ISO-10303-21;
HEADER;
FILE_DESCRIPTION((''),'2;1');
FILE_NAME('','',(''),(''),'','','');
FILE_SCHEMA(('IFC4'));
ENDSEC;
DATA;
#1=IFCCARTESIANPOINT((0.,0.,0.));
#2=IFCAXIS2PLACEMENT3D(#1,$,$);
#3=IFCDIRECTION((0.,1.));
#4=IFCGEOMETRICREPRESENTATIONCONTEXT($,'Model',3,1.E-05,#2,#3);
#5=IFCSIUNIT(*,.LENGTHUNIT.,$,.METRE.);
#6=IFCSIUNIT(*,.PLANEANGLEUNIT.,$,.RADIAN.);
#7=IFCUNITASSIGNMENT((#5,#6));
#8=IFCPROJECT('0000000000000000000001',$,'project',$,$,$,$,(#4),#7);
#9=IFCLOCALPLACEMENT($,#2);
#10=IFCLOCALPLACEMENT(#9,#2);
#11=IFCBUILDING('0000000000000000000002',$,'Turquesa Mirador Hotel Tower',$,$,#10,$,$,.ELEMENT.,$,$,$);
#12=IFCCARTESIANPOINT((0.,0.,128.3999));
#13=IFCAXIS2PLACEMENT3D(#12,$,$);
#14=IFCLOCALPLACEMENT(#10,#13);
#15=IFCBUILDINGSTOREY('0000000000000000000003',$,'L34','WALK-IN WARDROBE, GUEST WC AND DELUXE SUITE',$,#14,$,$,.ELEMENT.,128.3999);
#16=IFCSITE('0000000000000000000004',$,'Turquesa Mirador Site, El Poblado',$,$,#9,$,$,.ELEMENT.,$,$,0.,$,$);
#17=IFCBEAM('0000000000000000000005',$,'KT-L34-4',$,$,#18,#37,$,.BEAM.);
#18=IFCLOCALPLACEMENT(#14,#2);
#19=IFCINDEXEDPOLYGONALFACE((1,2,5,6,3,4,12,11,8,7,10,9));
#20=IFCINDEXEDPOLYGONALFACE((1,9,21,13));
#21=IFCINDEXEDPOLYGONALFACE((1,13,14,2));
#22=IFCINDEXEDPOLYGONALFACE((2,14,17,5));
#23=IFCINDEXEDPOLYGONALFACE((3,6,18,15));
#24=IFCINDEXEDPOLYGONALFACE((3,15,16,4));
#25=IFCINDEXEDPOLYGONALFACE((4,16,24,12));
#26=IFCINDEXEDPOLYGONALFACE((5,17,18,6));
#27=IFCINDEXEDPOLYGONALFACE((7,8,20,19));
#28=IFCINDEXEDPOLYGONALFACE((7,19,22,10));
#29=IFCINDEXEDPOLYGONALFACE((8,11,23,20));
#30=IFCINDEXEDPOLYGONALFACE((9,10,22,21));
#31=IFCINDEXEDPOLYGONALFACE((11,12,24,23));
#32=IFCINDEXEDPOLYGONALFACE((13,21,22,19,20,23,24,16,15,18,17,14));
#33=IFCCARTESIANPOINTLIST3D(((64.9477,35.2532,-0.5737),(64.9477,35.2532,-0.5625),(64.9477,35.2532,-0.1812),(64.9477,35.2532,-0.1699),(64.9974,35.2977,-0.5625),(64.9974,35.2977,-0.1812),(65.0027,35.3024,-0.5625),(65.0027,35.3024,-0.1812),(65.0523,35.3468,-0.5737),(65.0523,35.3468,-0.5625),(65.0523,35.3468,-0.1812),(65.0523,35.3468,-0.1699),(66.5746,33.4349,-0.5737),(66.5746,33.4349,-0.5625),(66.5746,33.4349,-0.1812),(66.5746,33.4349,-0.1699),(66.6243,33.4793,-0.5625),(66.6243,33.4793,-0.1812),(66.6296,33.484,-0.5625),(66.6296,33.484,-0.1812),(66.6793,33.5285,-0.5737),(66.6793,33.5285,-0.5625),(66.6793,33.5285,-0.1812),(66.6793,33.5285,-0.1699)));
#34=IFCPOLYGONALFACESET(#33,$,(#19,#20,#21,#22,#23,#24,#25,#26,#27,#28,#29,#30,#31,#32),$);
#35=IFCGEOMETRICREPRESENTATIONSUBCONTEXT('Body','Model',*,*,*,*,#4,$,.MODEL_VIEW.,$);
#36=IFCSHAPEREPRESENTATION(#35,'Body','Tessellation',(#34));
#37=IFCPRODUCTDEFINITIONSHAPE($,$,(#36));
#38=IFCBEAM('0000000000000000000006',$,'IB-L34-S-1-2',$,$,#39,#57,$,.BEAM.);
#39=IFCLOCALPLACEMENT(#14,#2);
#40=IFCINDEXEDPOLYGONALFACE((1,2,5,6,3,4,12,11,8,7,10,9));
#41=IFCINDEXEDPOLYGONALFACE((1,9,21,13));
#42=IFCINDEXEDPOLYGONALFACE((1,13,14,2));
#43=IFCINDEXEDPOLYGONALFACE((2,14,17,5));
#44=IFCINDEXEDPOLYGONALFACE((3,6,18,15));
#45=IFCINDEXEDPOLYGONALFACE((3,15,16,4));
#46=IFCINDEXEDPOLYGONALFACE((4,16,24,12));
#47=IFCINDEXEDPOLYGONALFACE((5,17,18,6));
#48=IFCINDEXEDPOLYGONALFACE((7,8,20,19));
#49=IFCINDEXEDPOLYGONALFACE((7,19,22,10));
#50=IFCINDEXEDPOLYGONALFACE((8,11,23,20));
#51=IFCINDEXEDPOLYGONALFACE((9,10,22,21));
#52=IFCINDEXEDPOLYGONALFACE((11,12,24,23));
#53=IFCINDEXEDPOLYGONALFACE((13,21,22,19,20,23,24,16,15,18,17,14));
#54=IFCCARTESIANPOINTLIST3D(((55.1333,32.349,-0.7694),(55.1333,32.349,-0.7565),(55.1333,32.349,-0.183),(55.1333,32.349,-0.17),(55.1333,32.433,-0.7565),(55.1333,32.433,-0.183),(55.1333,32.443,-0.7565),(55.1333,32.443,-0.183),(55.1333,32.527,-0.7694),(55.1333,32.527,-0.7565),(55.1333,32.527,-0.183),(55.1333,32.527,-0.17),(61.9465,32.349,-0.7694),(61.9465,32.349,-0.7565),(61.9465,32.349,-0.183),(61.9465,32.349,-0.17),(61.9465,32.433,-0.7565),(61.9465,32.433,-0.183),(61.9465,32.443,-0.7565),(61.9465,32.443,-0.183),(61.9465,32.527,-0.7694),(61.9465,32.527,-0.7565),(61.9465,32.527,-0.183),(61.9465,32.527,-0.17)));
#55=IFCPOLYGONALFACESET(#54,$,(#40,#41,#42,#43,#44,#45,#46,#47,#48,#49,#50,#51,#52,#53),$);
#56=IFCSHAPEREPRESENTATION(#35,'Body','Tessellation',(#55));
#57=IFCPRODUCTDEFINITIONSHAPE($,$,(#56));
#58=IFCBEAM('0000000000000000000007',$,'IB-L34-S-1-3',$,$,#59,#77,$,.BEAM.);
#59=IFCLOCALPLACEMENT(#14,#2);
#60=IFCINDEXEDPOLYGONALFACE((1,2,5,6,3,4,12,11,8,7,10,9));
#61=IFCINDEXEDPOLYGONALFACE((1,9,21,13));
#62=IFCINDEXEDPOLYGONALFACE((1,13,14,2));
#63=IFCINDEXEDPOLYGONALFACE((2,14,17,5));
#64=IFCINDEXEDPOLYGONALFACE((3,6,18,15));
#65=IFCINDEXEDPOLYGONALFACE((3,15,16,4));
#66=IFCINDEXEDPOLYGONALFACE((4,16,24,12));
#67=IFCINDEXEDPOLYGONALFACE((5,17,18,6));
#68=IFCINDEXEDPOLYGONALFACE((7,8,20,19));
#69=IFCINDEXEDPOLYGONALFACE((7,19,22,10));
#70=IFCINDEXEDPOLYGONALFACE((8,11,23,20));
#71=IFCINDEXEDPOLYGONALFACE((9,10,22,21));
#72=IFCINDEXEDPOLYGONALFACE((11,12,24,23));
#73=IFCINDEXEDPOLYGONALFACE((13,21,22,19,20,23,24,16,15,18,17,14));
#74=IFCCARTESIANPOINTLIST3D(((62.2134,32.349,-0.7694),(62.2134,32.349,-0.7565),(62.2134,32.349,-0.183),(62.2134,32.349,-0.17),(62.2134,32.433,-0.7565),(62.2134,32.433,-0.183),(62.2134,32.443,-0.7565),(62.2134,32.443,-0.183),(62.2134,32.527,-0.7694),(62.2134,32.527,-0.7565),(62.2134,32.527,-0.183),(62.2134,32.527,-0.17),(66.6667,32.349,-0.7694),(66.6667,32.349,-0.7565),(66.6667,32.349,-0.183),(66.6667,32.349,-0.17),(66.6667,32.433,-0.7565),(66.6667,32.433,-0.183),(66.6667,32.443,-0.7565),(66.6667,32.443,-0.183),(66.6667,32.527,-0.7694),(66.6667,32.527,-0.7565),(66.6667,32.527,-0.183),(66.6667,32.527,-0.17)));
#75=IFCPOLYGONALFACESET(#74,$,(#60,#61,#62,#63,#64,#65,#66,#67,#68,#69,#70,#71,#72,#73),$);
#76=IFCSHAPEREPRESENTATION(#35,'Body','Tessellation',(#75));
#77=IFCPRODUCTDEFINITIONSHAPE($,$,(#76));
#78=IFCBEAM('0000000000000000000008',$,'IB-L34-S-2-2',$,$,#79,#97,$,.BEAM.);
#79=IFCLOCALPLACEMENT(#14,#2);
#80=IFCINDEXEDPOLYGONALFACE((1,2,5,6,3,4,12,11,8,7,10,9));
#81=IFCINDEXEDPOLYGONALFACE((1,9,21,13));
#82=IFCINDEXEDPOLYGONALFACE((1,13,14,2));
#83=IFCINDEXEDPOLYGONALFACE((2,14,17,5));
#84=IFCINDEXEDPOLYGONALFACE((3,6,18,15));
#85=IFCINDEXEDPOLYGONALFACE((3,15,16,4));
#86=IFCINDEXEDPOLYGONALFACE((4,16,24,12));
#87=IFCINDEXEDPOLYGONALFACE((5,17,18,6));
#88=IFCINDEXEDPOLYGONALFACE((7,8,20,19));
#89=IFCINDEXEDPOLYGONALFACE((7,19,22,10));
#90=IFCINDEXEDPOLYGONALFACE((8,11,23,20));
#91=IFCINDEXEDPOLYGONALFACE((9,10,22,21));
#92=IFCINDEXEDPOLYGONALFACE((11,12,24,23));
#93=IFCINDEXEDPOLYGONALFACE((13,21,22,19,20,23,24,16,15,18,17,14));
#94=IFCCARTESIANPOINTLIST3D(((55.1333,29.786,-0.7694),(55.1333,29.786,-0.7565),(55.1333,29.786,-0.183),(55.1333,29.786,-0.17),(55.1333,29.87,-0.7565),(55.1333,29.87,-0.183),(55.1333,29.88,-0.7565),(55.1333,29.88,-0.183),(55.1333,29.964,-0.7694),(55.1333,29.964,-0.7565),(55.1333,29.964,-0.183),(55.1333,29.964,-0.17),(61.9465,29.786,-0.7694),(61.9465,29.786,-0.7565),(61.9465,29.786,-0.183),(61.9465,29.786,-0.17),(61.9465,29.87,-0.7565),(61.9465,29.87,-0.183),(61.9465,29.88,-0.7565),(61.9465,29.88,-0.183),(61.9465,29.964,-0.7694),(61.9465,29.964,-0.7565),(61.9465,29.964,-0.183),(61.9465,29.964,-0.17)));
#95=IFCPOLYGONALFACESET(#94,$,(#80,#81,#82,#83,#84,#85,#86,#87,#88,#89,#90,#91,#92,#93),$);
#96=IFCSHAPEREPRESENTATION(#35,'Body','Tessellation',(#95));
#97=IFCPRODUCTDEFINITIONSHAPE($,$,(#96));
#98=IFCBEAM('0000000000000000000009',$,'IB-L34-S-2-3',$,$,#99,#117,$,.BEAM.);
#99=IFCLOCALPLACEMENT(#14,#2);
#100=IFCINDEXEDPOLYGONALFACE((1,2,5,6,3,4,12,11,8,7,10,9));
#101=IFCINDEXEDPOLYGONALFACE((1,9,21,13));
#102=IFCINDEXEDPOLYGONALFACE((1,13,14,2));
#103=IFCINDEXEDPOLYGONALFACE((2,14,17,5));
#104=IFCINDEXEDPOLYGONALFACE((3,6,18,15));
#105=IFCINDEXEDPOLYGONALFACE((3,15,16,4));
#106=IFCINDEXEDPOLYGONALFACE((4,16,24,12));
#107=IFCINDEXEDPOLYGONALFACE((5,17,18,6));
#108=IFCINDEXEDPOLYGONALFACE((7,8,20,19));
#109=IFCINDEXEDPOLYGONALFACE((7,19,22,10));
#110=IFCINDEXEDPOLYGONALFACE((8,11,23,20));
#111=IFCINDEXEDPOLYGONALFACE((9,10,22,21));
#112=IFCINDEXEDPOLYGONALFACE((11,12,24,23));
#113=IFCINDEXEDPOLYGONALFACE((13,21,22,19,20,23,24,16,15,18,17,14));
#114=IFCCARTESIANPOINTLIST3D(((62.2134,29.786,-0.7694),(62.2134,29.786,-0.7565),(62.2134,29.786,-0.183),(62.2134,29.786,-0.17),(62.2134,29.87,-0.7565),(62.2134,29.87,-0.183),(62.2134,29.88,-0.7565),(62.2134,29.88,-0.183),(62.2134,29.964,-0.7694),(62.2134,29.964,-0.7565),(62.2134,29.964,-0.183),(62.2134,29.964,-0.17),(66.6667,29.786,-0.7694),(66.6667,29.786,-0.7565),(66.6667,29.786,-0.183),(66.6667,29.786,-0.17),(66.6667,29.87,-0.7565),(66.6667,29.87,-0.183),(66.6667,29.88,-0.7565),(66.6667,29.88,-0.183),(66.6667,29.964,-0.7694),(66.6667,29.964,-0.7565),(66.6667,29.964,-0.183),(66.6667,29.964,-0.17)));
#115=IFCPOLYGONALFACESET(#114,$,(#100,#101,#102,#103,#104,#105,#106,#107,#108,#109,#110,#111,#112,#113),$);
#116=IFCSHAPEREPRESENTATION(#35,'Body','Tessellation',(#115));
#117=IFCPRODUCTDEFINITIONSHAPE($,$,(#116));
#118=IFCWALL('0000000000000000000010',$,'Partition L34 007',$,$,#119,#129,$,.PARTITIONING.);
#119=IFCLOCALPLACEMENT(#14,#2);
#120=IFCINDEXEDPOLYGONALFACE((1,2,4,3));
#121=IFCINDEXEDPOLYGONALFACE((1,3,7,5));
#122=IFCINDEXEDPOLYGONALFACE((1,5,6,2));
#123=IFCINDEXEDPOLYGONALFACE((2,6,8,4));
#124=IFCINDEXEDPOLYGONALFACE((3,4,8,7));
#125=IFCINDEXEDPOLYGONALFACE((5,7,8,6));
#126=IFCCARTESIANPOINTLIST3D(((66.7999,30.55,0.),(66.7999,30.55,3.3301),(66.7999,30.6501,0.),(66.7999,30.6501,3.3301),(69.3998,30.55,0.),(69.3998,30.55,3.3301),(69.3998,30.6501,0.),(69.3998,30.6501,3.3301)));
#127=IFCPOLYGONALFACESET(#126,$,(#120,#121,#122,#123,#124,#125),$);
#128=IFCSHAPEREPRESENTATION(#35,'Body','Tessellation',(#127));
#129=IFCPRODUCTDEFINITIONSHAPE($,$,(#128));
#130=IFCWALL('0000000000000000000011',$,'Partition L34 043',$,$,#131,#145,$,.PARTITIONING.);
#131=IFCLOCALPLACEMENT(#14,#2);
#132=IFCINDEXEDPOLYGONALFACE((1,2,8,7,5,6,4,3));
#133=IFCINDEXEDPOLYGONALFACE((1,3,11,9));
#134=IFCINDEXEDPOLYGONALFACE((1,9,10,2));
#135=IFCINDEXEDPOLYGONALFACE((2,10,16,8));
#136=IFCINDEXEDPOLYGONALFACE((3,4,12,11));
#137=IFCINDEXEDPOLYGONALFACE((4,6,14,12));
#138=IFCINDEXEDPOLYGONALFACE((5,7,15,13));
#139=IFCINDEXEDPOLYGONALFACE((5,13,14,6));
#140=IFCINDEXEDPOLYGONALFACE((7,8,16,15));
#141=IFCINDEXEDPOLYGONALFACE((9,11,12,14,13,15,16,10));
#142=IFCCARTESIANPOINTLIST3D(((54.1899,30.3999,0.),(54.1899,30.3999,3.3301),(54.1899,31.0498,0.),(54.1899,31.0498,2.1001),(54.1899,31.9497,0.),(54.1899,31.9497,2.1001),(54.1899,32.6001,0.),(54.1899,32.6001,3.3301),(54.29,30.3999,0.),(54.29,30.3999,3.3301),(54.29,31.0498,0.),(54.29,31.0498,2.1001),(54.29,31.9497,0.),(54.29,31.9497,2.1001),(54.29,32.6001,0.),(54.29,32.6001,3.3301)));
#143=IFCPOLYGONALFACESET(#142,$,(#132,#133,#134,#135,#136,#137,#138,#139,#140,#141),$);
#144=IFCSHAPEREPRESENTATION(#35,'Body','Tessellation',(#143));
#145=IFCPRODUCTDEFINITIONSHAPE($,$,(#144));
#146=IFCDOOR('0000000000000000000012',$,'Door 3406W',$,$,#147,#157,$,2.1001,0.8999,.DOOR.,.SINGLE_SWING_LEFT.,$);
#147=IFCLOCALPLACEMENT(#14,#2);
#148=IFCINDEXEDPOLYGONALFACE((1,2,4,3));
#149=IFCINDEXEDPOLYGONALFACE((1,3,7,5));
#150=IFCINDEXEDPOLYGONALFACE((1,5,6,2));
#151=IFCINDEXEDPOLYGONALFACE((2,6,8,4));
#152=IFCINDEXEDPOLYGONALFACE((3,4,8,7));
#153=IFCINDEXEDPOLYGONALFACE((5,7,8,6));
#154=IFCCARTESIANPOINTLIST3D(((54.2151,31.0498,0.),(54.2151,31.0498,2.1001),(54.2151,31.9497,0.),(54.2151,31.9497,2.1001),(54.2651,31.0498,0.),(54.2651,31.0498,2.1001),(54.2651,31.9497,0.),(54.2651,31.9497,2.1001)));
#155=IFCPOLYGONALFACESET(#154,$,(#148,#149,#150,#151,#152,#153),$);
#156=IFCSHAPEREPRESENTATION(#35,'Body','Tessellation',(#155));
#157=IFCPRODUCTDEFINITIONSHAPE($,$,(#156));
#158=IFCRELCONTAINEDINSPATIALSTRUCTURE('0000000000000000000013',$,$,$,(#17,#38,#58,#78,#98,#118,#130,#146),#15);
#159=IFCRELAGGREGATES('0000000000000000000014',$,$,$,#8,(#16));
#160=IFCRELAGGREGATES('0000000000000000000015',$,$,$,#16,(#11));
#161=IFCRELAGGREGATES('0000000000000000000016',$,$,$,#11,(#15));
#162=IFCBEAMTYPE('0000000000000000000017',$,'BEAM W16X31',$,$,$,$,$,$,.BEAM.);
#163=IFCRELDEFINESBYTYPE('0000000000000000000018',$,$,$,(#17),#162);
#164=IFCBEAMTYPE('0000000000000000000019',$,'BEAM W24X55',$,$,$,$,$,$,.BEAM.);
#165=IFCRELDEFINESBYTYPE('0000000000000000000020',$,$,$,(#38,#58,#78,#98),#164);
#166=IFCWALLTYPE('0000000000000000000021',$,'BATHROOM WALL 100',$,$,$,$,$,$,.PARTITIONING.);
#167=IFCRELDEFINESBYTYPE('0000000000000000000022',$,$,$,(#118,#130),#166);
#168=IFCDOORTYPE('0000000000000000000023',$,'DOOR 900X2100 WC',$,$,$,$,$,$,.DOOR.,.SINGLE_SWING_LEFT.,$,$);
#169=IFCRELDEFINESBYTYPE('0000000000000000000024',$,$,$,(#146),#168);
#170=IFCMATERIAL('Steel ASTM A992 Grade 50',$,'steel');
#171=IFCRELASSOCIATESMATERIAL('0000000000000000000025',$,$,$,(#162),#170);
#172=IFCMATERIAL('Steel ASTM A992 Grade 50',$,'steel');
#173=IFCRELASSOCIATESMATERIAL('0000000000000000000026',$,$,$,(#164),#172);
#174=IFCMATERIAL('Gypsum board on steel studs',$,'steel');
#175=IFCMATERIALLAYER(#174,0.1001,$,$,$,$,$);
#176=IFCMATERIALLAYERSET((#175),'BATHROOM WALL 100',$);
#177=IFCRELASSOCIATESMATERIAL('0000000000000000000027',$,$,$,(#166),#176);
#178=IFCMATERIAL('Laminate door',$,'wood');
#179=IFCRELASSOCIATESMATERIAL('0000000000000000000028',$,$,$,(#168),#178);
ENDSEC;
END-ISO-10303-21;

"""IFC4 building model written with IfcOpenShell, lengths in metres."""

from ifc_helpers import new_model, si_unit, direction, frame, frame_2d, origin, origin_2d, place, context, subcontext, project, spatial, rectangle, i_section, extrude, material, layer, layer_set, material_profile, profile_set, type_object, element, fill, save


model = new_model("IFC4")

# Units and contexts
model_context = context("Model", 3, precision=1e-05, world=origin(), true_north=direction((0.0, 1.0)))
body_context = subcontext(model_context, "Body", "Model", "MODEL_VIEW")
ifc_project = project(units=[si_unit("LENGTHUNIT", "METRE"), si_unit("PLANEANGLEUNIT", "RADIAN")], contexts=[model_context])

# Site, building, storey
site_placement = place(None, origin())
site = spatial("IfcSite", under=ifc_project, at=site_placement, Name="Turquesa Mirador Site, El Poblado", CompositionType="ELEMENT", RefElevation=0.0)
building_placement = place(site_placement, origin())
building = spatial("IfcBuilding", under=site, at=building_placement, Name="Turquesa Mirador Hotel Tower", CompositionType="ELEMENT")
storey_placement = place(building_placement, frame((0.0, 0.0, 128.3999)))
storey = spatial("IfcBuildingStorey", under=building, at=storey_placement, Name="L34", Description="WALK-IN WARDROBE, GUEST WC AND DELUXE SUITE", CompositionType="ELEMENT", Elevation=128.3999)

# Beams
ifc_material_1 = material(Name="Steel ASTM A992 Grade 50", Category="steel")
ifc_material_profile_1 = material_profile(ifc_material_1, i_section(OverallWidth=0.1404, OverallDepth=0.4038, WebThickness=0.0071, FlangeThickness=0.0112, at=origin_2d()), Name="W16X31")
ifc_profile_set_1 = profile_set([ifc_material_profile_1], Name="Steel ASTM A992 Grade 50")
beam_type_1 = type_object("IfcBeamType", Name="BEAM W16X31", PredefinedType="BEAM", material=ifc_profile_set_1)
beam_1_placement = place(storey_placement, frame((66.627, 33.4817, -0.3718), z_axis=(-0.666795, 0.745241, 0.0), x_axis=(-0.745241, -0.666795, 0.0)))
element("IfcBeam", 1, at=beam_1_placement, inside=storey, type_object=beam_type_1, Name="KT-L34-4", PredefinedType="BEAM", context=body_context, shape_type="SweptSolid", body=[
    extrude(i_section(OverallWidth=0.1404, OverallDepth=0.4038, WebThickness=0.0071, FlangeThickness=0.0112, at=origin_2d()), origin(), (0.0, 0.0, 1.0), 2.4399),
])
ifc_material_2 = material(Name="Steel ASTM A992 Grade 50", Category="steel")
ifc_material_profile_2 = material_profile(ifc_material_2, i_section(OverallWidth=0.178, OverallDepth=0.5994, WebThickness=0.01, FlangeThickness=0.0129, at=origin_2d()), Name="W24X55")
ifc_profile_set_2 = profile_set([ifc_material_profile_2], Name="Steel ASTM A992 Grade 50")
beam_type_2 = type_object("IfcBeamType", Name="BEAM W24X55", PredefinedType="BEAM", material=ifc_profile_set_2)
beam_2_placement = place(storey_placement, frame((55.1333, 32.438, -0.4697), z_axis=(1.0, 0.0, 0.0), x_axis=(0.0, 1.0, 0.0)))
element("IfcBeam", 2, at=beam_2_placement, inside=storey, type_object=beam_type_2, Name="IB-L34-S-1-2", PredefinedType="BEAM", context=body_context, shape_type="SweptSolid", body=[
    extrude(i_section(OverallWidth=0.178, OverallDepth=0.5994, WebThickness=0.01, FlangeThickness=0.0129, at=origin_2d()), origin(), (0.0, 0.0, 1.0), 6.8132),
])
beam_3_placement = place(storey_placement, frame((62.2134, 32.438, -0.4697), z_axis=(1.0, 0.0, 0.0), x_axis=(0.0, 1.0, 0.0)))
element("IfcBeam", 3, at=beam_3_placement, inside=storey, type_object=beam_type_2, Name="IB-L34-S-1-3", PredefinedType="BEAM", context=body_context, shape_type="SweptSolid", body=[
    extrude(i_section(OverallWidth=0.178, OverallDepth=0.5994, WebThickness=0.01, FlangeThickness=0.0129, at=origin_2d()), origin(), (0.0, 0.0, 1.0), 4.4534),
])
beam_4_placement = place(storey_placement, frame((55.1333, 29.875, -0.4697), z_axis=(1.0, 0.0, 0.0), x_axis=(0.0, 1.0, 0.0)))
element("IfcBeam", 4, at=beam_4_placement, inside=storey, type_object=beam_type_2, Name="IB-L34-S-2-2", PredefinedType="BEAM", context=body_context, shape_type="SweptSolid", body=[
    extrude(i_section(OverallWidth=0.178, OverallDepth=0.5994, WebThickness=0.01, FlangeThickness=0.0129, at=origin_2d()), origin(), (0.0, 0.0, 1.0), 6.8132),
])
beam_5_placement = place(storey_placement, frame((62.2134, 29.875, -0.4697), z_axis=(1.0, 0.0, 0.0), x_axis=(0.0, 1.0, 0.0)))
element("IfcBeam", 5, at=beam_5_placement, inside=storey, type_object=beam_type_2, Name="IB-L34-S-2-3", PredefinedType="BEAM", context=body_context, shape_type="SweptSolid", body=[
    extrude(i_section(OverallWidth=0.178, OverallDepth=0.5994, WebThickness=0.01, FlangeThickness=0.0129, at=origin_2d()), origin(), (0.0, 0.0, 1.0), 4.4534),
])

# Wall
ifc_material_3 = material(Name="Gypsum board on steel studs", Category="steel")
ifc_layer_1 = layer(ifc_material_3, 0.1001)
ifc_layer_set_1 = layer_set([ifc_layer_1], Name="BATHROOM WALL 100")
wall_type_1 = type_object("IfcWallType", Name="BATHROOM WALL 100", PredefinedType="PARTITIONING", material=ifc_layer_set_1)
wall_1_placement = place(storey_placement, frame((66.8, 30.6001, 0.0), z_axis=(0.0, 0.0, 1.0), x_axis=(1.0, 0.0, 0.0)))
element("IfcWall", 6, at=wall_1_placement, inside=storey, type_object=wall_type_1, Name="Partition L34 007", PredefinedType="PARTITIONING", context=body_context, shape_type="SweptSolid", body=[
    extrude(rectangle(XDim=2.5999, YDim=0.1001, at=frame_2d((1.2998, 0.0))), origin(), (0.0, 0.0, 1.0), 3.3301),
])

# Wall, opening, door
wall_2_placement = place(storey_placement, frame((54.24, 30.3999, 0.0), z_axis=(0.0, 0.0, 1.0), x_axis=(0.0, 1.0, 0.0)))
wall_2 = element("IfcWall", 7, at=wall_2_placement, inside=storey, type_object=wall_type_1, Name="Partition L34 043", PredefinedType="PARTITIONING", context=body_context, shape_type="SweptSolid", body=[
    extrude(rectangle(XDim=2.2002, YDim=0.1001, at=frame_2d((1.1001, 0.0))), origin(), (0.0, 0.0, 1.0), 3.3301),
])
opening_1_placement = place(wall_2_placement, frame((0.6499, 0.0, 0.0)))
opening_1 = element("IfcOpeningElement", 8, at=opening_1_placement, cuts=wall_2, PredefinedType="OPENING", context=body_context, shape_type="SweptSolid", body=[
    extrude(rectangle(XDim=0.8999, YDim=2.1001, at=frame_2d((0.45, 1.05))), frame((0.0, 0.0601, 0.0), z_axis=(0.0, -1.0, 0.0), x_axis=(1.0, 0.0, 0.0)), (0.0, 0.0, 1.0), 0.1201),
])
ifc_material_4 = material(Name="Laminate door", Category="wood")
door_type_1 = type_object("IfcDoorType", Name="DOOR 900X2100 WC", OperationType="SINGLE_SWING_LEFT", PredefinedType="DOOR", material=ifc_material_4)
door_1_placement = place(opening_1_placement, origin())
door_1 = element("IfcDoor", 9, at=door_1_placement, inside=storey, type_object=door_type_1, Name="Door 3406W", OperationType="SINGLE_SWING_LEFT", OverallHeight=2.1001, OverallWidth=0.8999, PredefinedType="DOOR", context=body_context, shape_type="SweptSolid", body=[
    extrude(rectangle(XDim=0.8999, YDim=2.1001, at=frame_2d((0.45, 1.05))), frame((0.0, 0.0249, 0.0), z_axis=(0.0, -1.0, 0.0), x_axis=(1.0, 0.0, 0.0)), (0.0, 0.0, 1.0), 0.05),
])
fill(opening_1, door_1)

save(model, "model.ifc")
